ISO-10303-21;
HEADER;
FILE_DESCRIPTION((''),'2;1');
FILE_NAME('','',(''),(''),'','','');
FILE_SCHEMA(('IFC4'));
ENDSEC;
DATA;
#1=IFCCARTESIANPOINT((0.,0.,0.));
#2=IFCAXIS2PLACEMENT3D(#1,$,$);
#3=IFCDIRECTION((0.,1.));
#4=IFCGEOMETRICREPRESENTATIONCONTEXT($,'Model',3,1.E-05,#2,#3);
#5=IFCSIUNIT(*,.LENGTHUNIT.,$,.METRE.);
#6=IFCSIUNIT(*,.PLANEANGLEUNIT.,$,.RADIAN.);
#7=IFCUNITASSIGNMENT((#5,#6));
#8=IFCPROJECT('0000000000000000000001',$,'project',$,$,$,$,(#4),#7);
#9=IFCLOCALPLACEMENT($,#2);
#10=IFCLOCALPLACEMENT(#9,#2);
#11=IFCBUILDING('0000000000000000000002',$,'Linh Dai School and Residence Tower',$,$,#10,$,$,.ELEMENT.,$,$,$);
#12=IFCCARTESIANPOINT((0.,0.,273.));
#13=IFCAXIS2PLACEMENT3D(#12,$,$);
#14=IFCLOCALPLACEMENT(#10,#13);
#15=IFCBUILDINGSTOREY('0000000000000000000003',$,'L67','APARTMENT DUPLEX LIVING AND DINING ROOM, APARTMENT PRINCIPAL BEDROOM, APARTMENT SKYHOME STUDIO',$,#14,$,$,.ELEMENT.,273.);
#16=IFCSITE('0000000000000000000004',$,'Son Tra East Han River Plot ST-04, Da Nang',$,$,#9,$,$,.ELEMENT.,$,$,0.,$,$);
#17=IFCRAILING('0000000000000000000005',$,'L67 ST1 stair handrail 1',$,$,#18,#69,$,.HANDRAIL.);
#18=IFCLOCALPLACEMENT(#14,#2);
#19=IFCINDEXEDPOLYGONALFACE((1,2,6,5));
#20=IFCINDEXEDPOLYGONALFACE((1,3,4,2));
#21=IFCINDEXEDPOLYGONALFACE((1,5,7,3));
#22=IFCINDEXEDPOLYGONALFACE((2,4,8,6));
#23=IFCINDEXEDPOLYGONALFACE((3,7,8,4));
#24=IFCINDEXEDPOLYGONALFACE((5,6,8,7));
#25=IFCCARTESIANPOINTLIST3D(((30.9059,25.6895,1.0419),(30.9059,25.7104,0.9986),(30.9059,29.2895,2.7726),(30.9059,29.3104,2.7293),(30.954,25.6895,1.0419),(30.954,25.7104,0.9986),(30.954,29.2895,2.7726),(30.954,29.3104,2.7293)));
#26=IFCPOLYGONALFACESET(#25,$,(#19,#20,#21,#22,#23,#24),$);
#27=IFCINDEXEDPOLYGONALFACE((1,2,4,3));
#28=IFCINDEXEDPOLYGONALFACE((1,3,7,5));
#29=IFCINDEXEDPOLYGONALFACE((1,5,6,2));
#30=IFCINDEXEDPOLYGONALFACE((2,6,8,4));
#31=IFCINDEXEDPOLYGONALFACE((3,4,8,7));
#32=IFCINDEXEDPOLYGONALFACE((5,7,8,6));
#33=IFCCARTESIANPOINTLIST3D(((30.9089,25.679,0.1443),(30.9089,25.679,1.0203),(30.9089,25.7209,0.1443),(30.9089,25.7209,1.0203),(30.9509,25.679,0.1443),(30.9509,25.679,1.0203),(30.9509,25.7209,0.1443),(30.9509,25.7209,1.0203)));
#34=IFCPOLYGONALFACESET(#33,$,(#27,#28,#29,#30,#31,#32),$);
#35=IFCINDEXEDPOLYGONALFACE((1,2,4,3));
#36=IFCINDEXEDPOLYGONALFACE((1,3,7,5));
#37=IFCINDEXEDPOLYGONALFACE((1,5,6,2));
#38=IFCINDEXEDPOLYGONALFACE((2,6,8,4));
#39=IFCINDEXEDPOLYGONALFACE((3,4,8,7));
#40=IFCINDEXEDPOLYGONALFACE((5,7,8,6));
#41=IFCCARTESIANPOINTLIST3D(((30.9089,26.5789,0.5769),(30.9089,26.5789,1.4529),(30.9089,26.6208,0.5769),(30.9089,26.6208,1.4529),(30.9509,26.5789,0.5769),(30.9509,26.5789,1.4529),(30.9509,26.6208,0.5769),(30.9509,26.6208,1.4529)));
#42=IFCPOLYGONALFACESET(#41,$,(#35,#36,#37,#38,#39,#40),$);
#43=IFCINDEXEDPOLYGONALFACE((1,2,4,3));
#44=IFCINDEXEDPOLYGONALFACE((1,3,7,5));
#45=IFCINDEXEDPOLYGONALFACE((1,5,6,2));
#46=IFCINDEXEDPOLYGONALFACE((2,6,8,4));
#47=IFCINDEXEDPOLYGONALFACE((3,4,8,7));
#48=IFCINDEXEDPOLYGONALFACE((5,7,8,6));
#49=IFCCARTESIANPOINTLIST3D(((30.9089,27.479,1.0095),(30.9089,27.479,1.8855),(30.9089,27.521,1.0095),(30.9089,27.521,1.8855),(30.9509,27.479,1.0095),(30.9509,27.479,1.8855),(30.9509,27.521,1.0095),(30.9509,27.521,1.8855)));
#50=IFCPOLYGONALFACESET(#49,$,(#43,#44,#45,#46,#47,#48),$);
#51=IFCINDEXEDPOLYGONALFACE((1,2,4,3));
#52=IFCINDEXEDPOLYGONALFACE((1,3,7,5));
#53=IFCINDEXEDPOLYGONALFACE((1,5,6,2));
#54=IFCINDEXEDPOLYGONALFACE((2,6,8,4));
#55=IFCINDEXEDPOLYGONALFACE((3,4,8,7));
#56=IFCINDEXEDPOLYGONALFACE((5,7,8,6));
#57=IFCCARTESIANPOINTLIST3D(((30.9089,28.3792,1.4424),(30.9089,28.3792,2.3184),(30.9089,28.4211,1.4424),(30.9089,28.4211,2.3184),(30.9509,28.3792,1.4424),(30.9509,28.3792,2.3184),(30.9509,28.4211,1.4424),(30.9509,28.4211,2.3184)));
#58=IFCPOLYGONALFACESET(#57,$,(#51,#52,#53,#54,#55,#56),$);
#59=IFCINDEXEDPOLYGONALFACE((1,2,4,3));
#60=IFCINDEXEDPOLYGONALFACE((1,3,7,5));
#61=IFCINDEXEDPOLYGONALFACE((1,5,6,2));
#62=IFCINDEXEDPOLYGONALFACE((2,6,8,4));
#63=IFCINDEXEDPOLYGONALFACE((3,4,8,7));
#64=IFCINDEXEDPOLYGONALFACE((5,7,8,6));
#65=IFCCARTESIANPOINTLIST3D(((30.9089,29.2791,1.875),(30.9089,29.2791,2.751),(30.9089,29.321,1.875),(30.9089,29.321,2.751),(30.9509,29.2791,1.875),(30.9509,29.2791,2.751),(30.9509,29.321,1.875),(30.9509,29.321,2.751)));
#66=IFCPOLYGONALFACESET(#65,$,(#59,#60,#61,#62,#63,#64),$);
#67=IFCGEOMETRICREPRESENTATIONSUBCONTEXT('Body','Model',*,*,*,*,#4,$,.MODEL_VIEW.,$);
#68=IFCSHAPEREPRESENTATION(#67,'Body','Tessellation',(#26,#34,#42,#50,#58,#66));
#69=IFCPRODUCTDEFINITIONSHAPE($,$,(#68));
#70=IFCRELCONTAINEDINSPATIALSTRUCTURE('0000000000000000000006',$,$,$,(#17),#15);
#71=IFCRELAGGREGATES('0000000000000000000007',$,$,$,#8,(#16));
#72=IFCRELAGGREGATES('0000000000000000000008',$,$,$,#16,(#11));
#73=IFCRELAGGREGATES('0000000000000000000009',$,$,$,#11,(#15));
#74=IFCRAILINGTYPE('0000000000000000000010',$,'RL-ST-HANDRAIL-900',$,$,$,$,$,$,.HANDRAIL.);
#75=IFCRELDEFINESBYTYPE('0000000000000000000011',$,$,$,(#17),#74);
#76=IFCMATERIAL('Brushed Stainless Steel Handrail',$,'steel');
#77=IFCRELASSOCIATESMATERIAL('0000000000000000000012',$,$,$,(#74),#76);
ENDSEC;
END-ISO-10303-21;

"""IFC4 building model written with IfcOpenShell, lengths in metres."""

from ifc_helpers import new_model, si_unit, direction, frame, origin, origin_2d, place, context, subcontext, project, spatial, rectangle, extrude, source, transform, mapped, material, type_object, element, save


model = new_model("IFC4")

# Units and contexts
model_context = context("Model", 3, precision=1e-05, world=origin(), true_north=direction((0.0, 1.0)))
body_context = subcontext(model_context, "Body", "Model", "MODEL_VIEW")
ifc_project = project(units=[si_unit("LENGTHUNIT", "METRE"), si_unit("PLANEANGLEUNIT", "RADIAN")], contexts=[model_context])

# Site, building, storey
site_placement = place(None, origin())
site = spatial("IfcSite", under=ifc_project, at=site_placement, Name="Son Tra East Han River Plot ST-04, Da Nang", CompositionType="ELEMENT", RefElevation=0.0)
building_placement = place(site_placement, origin())
building = spatial("IfcBuilding", under=site, at=building_placement, Name="Linh Dai School and Residence Tower", CompositionType="ELEMENT")
storey_placement = place(building_placement, frame((0.0, 0.0, 273.0)))
storey = spatial("IfcBuildingStorey", under=building, at=storey_placement, Name="L67", Description="APARTMENT DUPLEX LIVING AND DINING ROOM, APARTMENT PRINCIPAL BEDROOM, APARTMENT SKYHOME STUDIO", CompositionType="ELEMENT", Elevation=273.0)

# Railing
ifc_material_1 = material(Name="Brushed Stainless Steel Handrail", Category="steel")
railing_type_1 = type_object("IfcRailingType", Name="RL-ST-HANDRAIL-900", PredefinedType="HANDRAIL", material=ifc_material_1)
shared_shape_1 = source(origin(), body_context, "Body", "SweptSolid", [
    extrude(rectangle(XDim=0.0481, YDim=0.0481, at=origin_2d()), frame((0.0, 0.0, 0.876), z_axis=(0.0, 0.901263, 0.433273), x_axis=(-1.0, 0.0, 0.0)), (0.0, 0.0, 1.0), 3.9944),
    extrude(rectangle(XDim=0.042, YDim=0.042, at=origin_2d()), origin(), (0.0, 0.0, 1.0), 0.876),
    extrude(rectangle(XDim=0.042, YDim=0.042, at=origin_2d()), frame((0.0, 0.8999, 0.4326)), (0.0, 0.0, 1.0), 0.876),
    extrude(rectangle(XDim=0.042, YDim=0.042, at=origin_2d()), frame((0.0, 1.8, 0.8652)), (0.0, 0.0, 1.0), 0.876),
    extrude(rectangle(XDim=0.042, YDim=0.042, at=origin_2d()), frame((0.0, 2.7002, 1.2981)), (0.0, 0.0, 1.0), 0.876),
    extrude(rectangle(XDim=0.042, YDim=0.042, at=origin_2d()), frame((0.0, 3.6001, 1.7307)), (0.0, 0.0, 1.0), 0.876),
])
railing_1_placement = place(storey_placement, frame((30.9299, 25.7, 0.1443)))
element("IfcRailing", 1, at=railing_1_placement, inside=storey, type_object=railing_type_1, Name="L67 ST1 stair handrail 1", PredefinedType="HANDRAIL", context=body_context, shape_type="MappedRepresentation", body=[
    mapped(shared_shape_1, transform((0.0, 0.0, 0.0), x_axis=(1.0, 0.0, 0.0), y_axis=(0.0, 1.0, 0.0), z_axis=(0.0, 0.0, 1.0), scale=1.0)),
])

save(model, "model.ifc")
